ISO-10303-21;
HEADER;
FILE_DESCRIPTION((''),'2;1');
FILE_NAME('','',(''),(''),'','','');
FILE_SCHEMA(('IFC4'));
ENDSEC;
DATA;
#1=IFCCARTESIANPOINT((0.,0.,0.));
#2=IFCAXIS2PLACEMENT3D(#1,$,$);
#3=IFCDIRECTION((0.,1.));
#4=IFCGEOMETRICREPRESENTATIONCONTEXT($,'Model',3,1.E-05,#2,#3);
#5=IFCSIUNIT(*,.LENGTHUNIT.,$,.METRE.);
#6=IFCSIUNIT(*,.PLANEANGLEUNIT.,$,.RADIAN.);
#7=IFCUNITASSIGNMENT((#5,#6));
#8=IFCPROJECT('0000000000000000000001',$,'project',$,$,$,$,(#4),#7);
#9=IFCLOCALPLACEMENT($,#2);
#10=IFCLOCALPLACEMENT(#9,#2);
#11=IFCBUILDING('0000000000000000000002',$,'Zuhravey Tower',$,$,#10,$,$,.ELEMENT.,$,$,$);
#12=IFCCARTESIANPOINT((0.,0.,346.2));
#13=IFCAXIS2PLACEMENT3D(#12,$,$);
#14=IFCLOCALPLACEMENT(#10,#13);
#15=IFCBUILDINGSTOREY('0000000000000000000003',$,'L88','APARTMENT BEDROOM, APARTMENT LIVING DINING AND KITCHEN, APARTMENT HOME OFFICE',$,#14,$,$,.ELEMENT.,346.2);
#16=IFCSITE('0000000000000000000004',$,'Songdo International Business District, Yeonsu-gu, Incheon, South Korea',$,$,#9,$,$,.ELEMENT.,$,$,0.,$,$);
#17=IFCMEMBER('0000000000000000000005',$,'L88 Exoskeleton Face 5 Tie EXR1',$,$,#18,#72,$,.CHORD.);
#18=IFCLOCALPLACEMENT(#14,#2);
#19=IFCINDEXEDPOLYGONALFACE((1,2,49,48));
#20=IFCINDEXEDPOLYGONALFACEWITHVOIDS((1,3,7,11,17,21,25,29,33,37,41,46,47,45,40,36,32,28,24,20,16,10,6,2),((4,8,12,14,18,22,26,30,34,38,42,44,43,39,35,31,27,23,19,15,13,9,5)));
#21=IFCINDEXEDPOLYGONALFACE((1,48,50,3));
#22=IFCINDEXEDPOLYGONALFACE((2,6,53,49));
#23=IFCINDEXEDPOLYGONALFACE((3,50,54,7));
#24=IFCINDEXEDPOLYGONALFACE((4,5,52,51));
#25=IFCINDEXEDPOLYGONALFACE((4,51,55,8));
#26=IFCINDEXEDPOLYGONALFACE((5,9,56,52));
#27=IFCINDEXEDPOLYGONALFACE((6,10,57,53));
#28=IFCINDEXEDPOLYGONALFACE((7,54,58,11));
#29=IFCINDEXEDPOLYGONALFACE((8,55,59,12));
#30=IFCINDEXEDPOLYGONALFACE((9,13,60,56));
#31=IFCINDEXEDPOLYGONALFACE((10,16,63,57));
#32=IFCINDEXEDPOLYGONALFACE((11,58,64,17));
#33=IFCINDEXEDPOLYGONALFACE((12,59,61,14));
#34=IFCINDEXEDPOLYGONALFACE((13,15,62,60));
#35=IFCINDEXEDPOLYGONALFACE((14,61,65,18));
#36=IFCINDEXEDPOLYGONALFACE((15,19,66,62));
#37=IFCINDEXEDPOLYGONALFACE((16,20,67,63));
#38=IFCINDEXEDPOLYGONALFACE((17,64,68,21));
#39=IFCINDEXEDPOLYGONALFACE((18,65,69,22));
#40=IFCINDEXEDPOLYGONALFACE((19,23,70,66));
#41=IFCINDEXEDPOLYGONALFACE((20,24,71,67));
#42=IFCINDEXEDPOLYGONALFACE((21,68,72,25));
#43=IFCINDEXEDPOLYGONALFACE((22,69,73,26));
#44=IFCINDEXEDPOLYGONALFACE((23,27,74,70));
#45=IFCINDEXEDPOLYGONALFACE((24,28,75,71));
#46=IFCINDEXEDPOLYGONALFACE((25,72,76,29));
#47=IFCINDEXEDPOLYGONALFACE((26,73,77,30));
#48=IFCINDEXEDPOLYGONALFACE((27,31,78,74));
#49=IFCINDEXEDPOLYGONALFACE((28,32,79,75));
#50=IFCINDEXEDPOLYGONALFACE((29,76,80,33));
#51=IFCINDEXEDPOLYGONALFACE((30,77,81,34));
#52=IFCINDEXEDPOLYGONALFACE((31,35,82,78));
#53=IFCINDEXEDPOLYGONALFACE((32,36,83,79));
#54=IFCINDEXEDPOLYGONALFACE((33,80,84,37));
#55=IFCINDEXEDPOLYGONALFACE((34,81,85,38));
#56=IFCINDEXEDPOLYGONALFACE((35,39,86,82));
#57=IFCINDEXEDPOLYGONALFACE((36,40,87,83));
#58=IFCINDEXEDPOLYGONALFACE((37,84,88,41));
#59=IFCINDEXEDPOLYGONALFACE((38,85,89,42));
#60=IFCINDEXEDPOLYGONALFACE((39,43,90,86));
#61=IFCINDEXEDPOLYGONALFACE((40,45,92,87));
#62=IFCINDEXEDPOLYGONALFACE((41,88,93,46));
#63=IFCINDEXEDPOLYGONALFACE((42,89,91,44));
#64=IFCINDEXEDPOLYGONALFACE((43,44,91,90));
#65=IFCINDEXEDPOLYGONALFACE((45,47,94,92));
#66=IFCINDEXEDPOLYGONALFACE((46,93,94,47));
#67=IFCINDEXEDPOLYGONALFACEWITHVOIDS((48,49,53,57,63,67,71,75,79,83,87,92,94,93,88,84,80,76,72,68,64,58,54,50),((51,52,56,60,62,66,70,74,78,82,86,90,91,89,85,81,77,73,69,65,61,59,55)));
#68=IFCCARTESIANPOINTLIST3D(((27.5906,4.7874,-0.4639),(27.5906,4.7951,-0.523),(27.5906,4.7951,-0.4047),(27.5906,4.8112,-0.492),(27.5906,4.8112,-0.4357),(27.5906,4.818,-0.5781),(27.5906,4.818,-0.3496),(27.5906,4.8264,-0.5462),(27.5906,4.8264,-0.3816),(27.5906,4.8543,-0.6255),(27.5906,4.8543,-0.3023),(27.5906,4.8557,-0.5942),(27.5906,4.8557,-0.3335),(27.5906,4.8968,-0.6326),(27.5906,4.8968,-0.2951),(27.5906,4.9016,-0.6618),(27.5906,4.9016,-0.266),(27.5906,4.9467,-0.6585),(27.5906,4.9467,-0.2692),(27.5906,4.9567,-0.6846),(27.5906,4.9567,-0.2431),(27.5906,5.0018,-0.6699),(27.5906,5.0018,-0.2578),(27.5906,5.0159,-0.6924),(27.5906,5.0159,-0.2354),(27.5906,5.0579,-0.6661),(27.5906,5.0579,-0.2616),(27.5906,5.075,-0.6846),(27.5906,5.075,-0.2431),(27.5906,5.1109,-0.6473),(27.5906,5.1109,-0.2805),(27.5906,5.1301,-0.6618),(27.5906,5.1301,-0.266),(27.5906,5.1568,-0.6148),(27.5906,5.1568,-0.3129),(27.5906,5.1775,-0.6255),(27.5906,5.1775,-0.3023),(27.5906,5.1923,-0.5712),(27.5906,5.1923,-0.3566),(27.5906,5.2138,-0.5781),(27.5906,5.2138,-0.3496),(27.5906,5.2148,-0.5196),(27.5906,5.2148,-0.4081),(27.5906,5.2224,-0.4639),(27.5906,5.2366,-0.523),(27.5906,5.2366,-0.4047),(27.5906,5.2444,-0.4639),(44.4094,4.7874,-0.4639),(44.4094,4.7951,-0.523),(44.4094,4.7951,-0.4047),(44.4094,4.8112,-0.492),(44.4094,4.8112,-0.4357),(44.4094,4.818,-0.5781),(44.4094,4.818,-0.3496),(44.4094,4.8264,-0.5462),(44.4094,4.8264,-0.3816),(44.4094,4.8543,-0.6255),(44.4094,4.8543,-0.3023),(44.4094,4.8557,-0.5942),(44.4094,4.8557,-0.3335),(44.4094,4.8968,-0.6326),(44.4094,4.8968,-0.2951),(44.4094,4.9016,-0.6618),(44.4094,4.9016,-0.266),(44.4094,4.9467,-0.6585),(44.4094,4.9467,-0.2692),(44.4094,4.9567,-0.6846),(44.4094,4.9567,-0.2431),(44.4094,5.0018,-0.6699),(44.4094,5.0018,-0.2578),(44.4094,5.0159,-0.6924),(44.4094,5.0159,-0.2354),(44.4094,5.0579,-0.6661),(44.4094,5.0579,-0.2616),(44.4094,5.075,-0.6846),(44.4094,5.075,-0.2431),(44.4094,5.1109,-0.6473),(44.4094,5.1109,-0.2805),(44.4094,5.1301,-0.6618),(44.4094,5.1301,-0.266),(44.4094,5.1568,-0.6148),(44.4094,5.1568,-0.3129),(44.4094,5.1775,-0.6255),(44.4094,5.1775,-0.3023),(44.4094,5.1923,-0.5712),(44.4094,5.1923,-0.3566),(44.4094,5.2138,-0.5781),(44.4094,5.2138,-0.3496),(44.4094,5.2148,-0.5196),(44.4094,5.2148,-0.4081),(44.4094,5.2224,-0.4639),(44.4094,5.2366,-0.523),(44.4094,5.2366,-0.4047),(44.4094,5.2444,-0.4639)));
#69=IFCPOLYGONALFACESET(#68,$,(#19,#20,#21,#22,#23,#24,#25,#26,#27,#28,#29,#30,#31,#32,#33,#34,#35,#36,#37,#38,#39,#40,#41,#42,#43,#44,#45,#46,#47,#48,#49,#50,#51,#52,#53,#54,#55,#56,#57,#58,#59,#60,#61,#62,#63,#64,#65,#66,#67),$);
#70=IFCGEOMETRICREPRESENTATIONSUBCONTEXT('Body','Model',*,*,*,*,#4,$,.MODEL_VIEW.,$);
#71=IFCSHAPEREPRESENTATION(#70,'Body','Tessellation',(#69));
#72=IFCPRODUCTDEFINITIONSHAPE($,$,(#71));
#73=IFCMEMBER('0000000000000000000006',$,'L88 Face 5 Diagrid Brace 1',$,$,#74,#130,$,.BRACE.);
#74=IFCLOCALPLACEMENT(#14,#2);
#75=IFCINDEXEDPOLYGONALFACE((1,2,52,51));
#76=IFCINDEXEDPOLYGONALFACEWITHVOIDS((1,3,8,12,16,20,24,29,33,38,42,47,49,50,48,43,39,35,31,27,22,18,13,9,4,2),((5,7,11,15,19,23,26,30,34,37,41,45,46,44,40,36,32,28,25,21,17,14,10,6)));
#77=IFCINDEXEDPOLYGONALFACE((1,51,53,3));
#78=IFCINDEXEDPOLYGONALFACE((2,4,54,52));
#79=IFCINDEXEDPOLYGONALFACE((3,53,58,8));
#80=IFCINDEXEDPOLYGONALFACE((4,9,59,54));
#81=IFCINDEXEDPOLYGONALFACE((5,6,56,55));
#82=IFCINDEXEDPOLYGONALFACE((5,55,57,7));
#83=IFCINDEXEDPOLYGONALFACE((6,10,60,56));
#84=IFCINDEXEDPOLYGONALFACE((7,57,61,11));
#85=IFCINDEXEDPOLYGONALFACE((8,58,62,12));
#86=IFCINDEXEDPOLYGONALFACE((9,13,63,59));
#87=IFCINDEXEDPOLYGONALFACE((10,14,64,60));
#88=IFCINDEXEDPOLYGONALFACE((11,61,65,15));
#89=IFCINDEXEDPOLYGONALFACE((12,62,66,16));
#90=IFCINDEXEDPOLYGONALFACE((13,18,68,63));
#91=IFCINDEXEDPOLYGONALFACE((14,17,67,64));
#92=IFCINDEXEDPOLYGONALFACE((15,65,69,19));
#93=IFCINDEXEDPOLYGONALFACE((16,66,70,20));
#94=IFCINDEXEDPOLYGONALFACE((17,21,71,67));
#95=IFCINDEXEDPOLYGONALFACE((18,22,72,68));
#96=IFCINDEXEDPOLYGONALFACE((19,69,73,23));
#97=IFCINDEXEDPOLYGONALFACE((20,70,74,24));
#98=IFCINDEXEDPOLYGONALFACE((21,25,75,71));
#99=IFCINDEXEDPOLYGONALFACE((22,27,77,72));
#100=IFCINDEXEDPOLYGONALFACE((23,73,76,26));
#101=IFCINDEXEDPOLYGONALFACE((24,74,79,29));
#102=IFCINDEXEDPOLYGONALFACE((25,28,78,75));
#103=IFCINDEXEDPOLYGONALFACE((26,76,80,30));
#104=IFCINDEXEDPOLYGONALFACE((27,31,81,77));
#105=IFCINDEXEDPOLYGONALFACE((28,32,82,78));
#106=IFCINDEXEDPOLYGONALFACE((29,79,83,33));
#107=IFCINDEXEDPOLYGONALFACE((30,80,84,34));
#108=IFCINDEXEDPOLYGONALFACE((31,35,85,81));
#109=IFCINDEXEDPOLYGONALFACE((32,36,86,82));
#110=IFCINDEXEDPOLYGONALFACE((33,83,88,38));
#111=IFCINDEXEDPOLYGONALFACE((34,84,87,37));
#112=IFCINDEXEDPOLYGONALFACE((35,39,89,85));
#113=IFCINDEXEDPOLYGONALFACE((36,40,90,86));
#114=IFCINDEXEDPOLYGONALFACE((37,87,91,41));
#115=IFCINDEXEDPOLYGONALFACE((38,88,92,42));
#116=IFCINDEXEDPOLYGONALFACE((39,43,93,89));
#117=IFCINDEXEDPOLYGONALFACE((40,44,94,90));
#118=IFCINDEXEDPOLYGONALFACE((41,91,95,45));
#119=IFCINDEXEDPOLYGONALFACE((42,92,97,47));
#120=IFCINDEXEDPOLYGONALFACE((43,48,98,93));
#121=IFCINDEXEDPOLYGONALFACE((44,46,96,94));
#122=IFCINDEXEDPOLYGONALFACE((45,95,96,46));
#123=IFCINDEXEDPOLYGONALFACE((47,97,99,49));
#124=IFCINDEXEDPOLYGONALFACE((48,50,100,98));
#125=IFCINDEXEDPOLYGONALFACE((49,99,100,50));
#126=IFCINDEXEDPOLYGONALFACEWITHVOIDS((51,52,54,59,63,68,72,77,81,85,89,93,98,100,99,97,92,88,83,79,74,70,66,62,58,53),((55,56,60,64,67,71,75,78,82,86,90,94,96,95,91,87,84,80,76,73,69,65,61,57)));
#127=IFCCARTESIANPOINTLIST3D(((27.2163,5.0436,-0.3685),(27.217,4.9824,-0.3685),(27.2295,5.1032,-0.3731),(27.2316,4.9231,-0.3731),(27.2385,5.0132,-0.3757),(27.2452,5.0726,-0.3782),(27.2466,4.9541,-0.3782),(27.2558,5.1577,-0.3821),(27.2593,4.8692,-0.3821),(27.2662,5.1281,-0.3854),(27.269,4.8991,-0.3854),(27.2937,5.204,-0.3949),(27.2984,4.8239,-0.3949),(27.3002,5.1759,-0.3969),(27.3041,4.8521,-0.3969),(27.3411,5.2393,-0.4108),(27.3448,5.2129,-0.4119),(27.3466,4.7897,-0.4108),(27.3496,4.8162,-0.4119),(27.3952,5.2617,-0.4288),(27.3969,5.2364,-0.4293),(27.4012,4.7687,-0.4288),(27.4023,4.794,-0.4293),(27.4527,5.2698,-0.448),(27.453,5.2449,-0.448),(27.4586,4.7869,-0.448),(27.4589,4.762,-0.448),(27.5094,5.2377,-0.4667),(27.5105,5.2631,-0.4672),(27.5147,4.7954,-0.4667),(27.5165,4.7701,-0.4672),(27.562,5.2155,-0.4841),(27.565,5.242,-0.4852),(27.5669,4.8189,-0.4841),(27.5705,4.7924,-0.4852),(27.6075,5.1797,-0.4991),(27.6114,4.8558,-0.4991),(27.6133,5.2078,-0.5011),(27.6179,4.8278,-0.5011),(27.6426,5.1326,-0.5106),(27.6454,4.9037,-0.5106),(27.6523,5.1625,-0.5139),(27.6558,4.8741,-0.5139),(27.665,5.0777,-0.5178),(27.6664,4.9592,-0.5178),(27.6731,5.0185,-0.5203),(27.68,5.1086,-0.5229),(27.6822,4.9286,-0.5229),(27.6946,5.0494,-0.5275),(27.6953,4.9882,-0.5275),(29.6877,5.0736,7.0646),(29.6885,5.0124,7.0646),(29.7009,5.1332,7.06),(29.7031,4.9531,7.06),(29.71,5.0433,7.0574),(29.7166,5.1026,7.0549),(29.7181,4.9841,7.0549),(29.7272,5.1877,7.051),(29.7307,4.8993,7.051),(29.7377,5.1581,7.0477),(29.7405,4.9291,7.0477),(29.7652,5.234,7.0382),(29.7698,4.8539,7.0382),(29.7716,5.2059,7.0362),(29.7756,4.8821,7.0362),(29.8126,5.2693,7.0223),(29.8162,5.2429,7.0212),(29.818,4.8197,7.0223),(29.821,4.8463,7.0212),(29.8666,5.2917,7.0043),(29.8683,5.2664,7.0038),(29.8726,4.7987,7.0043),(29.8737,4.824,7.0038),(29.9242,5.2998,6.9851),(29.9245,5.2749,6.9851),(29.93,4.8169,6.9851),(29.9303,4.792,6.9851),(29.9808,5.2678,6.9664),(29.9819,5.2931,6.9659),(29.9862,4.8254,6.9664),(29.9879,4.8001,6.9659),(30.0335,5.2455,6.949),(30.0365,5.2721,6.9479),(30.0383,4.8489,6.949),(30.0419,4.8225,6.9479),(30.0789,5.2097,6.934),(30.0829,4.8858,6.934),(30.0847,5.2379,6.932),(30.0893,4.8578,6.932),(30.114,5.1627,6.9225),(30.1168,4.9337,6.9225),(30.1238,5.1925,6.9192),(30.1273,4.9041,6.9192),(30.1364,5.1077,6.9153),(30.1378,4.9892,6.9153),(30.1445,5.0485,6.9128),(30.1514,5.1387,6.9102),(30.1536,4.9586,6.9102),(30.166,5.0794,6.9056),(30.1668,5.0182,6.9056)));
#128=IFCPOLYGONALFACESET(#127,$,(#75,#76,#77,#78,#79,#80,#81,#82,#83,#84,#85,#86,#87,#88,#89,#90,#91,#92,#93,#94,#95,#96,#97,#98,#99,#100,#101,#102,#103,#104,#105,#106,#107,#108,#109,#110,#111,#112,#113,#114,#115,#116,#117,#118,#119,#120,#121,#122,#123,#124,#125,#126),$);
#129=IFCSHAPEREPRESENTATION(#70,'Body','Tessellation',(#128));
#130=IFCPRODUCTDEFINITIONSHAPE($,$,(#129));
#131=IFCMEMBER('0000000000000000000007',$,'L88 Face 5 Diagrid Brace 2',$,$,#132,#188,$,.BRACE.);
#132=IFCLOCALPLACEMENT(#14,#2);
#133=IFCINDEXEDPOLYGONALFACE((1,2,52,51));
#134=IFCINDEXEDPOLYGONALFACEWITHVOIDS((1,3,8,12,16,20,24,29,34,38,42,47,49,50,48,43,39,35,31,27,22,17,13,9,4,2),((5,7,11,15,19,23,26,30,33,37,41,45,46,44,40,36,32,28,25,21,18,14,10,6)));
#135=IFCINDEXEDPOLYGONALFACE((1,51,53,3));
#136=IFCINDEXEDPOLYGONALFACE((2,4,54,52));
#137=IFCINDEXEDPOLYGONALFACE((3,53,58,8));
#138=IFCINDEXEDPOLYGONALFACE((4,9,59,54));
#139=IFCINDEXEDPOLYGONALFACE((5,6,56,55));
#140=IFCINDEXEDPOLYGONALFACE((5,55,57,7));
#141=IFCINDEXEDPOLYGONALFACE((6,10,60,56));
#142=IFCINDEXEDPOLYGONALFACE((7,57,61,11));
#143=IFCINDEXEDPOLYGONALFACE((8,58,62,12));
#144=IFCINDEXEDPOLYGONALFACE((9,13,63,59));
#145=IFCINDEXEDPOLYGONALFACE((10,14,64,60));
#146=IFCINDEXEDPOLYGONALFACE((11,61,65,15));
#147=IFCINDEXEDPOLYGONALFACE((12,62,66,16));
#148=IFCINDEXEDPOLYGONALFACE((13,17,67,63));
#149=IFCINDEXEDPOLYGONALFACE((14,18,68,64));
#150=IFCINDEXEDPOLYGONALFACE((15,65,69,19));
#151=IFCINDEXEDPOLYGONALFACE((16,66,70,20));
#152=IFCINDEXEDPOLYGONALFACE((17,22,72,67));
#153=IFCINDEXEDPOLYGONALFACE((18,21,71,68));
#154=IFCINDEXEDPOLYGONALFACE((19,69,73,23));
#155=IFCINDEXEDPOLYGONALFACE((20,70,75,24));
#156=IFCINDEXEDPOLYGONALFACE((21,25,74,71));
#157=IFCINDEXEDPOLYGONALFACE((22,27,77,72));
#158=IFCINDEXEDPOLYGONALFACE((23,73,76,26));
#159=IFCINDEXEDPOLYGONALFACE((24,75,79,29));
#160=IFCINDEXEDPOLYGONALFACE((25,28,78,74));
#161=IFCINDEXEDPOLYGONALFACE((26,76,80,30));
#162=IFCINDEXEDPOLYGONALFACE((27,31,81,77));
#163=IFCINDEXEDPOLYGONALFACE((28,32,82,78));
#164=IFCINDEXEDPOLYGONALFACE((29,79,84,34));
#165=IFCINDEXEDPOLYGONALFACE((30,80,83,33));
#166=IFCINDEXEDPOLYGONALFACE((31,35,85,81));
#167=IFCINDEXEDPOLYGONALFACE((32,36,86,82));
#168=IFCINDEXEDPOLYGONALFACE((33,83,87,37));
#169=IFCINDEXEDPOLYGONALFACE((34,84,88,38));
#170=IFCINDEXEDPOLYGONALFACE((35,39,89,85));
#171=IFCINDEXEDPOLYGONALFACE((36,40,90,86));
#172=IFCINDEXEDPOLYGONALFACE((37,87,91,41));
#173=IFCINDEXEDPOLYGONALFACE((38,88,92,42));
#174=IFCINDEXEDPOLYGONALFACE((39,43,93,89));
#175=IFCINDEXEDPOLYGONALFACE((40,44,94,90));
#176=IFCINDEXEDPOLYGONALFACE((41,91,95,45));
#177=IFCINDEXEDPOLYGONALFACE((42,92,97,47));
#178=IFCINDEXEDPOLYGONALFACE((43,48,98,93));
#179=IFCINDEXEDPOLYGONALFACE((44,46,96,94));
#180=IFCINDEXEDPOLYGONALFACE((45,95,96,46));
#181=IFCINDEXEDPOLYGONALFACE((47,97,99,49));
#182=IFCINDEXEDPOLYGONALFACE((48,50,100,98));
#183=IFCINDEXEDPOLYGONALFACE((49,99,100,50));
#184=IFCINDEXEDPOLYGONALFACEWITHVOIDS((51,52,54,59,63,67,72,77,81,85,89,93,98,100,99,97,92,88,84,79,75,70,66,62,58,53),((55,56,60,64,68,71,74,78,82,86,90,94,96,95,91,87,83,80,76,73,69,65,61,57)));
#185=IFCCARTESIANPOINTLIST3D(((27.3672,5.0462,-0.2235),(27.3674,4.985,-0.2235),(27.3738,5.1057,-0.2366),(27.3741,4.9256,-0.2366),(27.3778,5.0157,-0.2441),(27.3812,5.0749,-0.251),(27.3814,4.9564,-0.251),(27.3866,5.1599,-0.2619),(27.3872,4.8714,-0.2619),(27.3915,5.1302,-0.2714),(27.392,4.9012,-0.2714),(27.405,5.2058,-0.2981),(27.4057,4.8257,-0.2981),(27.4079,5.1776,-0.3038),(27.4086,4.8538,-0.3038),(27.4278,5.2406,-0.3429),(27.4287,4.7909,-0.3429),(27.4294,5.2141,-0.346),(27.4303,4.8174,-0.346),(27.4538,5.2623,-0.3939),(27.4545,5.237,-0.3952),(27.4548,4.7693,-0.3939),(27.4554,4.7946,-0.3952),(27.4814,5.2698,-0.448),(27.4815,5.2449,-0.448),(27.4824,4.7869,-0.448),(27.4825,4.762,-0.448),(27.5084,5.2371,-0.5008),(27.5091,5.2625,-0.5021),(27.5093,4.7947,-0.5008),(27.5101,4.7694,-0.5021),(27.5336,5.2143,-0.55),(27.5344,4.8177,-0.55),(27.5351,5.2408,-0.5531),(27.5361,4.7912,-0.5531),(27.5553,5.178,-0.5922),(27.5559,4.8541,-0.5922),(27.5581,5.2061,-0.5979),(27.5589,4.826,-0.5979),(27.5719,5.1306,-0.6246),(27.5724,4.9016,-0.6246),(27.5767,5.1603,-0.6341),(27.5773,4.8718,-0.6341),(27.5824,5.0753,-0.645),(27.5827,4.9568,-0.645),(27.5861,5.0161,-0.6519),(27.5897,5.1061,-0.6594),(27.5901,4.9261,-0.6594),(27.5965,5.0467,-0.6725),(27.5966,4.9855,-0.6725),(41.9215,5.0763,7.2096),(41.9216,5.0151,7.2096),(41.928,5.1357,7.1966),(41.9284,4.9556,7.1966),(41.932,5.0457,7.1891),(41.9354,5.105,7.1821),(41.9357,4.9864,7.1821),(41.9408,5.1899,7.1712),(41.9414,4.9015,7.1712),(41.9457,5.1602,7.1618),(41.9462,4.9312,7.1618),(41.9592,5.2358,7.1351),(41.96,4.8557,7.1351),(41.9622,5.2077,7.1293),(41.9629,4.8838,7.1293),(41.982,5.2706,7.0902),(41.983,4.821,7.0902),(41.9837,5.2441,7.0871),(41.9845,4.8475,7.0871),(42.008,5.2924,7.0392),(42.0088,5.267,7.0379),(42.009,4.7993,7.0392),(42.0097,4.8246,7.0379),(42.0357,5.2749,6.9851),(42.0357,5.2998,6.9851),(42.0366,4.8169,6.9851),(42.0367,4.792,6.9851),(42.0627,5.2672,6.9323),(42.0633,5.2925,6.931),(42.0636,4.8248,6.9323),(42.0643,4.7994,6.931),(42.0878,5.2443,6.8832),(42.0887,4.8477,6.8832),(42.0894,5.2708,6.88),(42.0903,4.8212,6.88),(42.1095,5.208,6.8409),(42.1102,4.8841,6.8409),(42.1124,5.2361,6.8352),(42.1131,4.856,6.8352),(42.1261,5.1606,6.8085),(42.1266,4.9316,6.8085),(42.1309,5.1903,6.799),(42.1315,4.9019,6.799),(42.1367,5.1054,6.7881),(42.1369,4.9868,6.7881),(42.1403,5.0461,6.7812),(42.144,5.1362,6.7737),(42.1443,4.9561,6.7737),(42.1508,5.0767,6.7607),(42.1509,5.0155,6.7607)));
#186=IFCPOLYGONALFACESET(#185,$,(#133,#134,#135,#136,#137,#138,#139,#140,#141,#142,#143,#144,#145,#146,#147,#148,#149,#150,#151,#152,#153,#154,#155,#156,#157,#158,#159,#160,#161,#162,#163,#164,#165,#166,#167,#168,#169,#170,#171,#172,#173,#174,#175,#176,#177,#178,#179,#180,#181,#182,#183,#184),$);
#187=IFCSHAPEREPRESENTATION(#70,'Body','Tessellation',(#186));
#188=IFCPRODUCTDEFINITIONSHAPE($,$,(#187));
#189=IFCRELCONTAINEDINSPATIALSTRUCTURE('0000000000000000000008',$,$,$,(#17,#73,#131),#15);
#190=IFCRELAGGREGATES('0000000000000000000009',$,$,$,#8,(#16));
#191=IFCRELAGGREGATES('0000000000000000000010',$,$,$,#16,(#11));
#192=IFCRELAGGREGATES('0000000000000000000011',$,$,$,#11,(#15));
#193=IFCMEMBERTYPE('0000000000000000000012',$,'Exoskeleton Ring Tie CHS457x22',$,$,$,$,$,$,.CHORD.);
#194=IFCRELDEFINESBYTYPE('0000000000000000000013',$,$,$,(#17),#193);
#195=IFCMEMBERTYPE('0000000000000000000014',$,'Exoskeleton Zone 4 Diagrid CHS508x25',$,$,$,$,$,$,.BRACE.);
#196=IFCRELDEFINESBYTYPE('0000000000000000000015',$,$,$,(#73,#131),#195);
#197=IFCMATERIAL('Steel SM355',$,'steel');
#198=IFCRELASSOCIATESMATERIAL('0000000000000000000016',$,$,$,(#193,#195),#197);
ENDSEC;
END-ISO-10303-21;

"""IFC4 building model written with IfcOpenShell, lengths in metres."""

from ifc_helpers import new_model, si_unit, direction, frame, origin, origin_2d, place, context, subcontext, project, spatial, hollow_circle, extrude, material, material_profile, profile_set, type_object, element, save


model = new_model("IFC4")

# Units and contexts
model_context = context("Model", 3, precision=1e-05, world=origin(), true_north=direction((0.0, 1.0)))
body_context = subcontext(model_context, "Body", "Model", "MODEL_VIEW")
ifc_project = project(units=[si_unit("LENGTHUNIT", "METRE"), si_unit("PLANEANGLEUNIT", "RADIAN")], contexts=[model_context])

# Site, building, storey
site_placement = place(None, origin())
site = spatial("IfcSite", under=ifc_project, at=site_placement, Name="Songdo International Business District, Yeonsu-gu, Incheon, South Korea", CompositionType="ELEMENT", RefElevation=0.0)
building_placement = place(site_placement, origin())
building = spatial("IfcBuilding", under=site, at=building_placement, Name="Zuhravey Tower", CompositionType="ELEMENT")
storey_placement = place(building_placement, frame((0.0, 0.0, 346.2)))
storey = spatial("IfcBuildingStorey", under=building, at=storey_placement, Name="L88", Description="APARTMENT BEDROOM, APARTMENT LIVING DINING AND KITCHEN, APARTMENT HOME OFFICE", CompositionType="ELEMENT", Elevation=346.2)

# Members
ifc_material_1 = material(Name="Steel SM355", Category="steel")
ifc_material_profile_1 = material_profile(ifc_material_1, hollow_circle(Radius=0.2285, WallThickness=0.022, at=origin_2d()), Name="CHS-457.2x22")
ifc_profile_set_1 = profile_set([ifc_material_profile_1], Name="Steel SM355")
member_type_1 = type_object("IfcMemberType", Name="Exoskeleton Ring Tie CHS457x22", PredefinedType="CHORD", material=ifc_profile_set_1)
member_1_placement = place(storey_placement, frame((27.5906, 5.0159, -0.4639), z_axis=(1.0, 0.0, 0.0), x_axis=(0.0, 1.0, 0.0)))
element("IfcMember", 1, at=member_1_placement, inside=storey, type_object=member_type_1, Name="L88 Exoskeleton Face 5 Tie EXR1", PredefinedType="CHORD", context=body_context, shape_type="SweptSolid", body=[
    extrude(hollow_circle(Radius=0.2285, WallThickness=0.022, at=origin_2d()), origin(), (0.0, 0.0, 1.0), 16.8188),
])
ifc_material_profile_2 = material_profile(ifc_material_1, hollow_circle(Radius=0.2539, WallThickness=0.0249, at=origin_2d()), Name="CHS-508.0x25")
ifc_profile_set_2 = profile_set([ifc_material_profile_2], Name="Steel SM355")
member_type_2 = type_object("IfcMemberType", Name="Exoskeleton Zone 4 Diagrid CHS508x25", PredefinedType="BRACE", material=ifc_profile_set_2)
member_2_placement = place(storey_placement, frame((27.4558, 5.0159, -0.448), z_axis=(0.315505, 0.003834, 0.948916), x_axis=(-0.01215, 0.999926, 0.0)))
element("IfcMember", 2, at=member_2_placement, inside=storey, type_object=member_type_2, Name="L88 Face 5 Diagrid Brace 1", PredefinedType="BRACE", context=body_context, shape_type="SweptSolid", body=[
    extrude(hollow_circle(Radius=0.2539, WallThickness=0.0249, at=origin_2d()), origin(), (0.0, 0.0, 1.0), 7.8333),
])
member_3_placement = place(storey_placement, frame((27.4819, 5.0159, -0.448), z_axis=(0.890575, 0.001837, 0.454833), x_axis=(-0.002063, 0.999998, 0.0)))
element("IfcMember", 3, at=member_3_placement, inside=storey, type_object=member_type_2, Name="L88 Face 5 Diagrid Brace 2", PredefinedType="BRACE", context=body_context, shape_type="SweptSolid", body=[
    extrude(hollow_circle(Radius=0.2539, WallThickness=0.0249, at=origin_2d()), origin(), (0.0, 0.0, 1.0), 16.3425),
])

save(model, "model.ifc")
